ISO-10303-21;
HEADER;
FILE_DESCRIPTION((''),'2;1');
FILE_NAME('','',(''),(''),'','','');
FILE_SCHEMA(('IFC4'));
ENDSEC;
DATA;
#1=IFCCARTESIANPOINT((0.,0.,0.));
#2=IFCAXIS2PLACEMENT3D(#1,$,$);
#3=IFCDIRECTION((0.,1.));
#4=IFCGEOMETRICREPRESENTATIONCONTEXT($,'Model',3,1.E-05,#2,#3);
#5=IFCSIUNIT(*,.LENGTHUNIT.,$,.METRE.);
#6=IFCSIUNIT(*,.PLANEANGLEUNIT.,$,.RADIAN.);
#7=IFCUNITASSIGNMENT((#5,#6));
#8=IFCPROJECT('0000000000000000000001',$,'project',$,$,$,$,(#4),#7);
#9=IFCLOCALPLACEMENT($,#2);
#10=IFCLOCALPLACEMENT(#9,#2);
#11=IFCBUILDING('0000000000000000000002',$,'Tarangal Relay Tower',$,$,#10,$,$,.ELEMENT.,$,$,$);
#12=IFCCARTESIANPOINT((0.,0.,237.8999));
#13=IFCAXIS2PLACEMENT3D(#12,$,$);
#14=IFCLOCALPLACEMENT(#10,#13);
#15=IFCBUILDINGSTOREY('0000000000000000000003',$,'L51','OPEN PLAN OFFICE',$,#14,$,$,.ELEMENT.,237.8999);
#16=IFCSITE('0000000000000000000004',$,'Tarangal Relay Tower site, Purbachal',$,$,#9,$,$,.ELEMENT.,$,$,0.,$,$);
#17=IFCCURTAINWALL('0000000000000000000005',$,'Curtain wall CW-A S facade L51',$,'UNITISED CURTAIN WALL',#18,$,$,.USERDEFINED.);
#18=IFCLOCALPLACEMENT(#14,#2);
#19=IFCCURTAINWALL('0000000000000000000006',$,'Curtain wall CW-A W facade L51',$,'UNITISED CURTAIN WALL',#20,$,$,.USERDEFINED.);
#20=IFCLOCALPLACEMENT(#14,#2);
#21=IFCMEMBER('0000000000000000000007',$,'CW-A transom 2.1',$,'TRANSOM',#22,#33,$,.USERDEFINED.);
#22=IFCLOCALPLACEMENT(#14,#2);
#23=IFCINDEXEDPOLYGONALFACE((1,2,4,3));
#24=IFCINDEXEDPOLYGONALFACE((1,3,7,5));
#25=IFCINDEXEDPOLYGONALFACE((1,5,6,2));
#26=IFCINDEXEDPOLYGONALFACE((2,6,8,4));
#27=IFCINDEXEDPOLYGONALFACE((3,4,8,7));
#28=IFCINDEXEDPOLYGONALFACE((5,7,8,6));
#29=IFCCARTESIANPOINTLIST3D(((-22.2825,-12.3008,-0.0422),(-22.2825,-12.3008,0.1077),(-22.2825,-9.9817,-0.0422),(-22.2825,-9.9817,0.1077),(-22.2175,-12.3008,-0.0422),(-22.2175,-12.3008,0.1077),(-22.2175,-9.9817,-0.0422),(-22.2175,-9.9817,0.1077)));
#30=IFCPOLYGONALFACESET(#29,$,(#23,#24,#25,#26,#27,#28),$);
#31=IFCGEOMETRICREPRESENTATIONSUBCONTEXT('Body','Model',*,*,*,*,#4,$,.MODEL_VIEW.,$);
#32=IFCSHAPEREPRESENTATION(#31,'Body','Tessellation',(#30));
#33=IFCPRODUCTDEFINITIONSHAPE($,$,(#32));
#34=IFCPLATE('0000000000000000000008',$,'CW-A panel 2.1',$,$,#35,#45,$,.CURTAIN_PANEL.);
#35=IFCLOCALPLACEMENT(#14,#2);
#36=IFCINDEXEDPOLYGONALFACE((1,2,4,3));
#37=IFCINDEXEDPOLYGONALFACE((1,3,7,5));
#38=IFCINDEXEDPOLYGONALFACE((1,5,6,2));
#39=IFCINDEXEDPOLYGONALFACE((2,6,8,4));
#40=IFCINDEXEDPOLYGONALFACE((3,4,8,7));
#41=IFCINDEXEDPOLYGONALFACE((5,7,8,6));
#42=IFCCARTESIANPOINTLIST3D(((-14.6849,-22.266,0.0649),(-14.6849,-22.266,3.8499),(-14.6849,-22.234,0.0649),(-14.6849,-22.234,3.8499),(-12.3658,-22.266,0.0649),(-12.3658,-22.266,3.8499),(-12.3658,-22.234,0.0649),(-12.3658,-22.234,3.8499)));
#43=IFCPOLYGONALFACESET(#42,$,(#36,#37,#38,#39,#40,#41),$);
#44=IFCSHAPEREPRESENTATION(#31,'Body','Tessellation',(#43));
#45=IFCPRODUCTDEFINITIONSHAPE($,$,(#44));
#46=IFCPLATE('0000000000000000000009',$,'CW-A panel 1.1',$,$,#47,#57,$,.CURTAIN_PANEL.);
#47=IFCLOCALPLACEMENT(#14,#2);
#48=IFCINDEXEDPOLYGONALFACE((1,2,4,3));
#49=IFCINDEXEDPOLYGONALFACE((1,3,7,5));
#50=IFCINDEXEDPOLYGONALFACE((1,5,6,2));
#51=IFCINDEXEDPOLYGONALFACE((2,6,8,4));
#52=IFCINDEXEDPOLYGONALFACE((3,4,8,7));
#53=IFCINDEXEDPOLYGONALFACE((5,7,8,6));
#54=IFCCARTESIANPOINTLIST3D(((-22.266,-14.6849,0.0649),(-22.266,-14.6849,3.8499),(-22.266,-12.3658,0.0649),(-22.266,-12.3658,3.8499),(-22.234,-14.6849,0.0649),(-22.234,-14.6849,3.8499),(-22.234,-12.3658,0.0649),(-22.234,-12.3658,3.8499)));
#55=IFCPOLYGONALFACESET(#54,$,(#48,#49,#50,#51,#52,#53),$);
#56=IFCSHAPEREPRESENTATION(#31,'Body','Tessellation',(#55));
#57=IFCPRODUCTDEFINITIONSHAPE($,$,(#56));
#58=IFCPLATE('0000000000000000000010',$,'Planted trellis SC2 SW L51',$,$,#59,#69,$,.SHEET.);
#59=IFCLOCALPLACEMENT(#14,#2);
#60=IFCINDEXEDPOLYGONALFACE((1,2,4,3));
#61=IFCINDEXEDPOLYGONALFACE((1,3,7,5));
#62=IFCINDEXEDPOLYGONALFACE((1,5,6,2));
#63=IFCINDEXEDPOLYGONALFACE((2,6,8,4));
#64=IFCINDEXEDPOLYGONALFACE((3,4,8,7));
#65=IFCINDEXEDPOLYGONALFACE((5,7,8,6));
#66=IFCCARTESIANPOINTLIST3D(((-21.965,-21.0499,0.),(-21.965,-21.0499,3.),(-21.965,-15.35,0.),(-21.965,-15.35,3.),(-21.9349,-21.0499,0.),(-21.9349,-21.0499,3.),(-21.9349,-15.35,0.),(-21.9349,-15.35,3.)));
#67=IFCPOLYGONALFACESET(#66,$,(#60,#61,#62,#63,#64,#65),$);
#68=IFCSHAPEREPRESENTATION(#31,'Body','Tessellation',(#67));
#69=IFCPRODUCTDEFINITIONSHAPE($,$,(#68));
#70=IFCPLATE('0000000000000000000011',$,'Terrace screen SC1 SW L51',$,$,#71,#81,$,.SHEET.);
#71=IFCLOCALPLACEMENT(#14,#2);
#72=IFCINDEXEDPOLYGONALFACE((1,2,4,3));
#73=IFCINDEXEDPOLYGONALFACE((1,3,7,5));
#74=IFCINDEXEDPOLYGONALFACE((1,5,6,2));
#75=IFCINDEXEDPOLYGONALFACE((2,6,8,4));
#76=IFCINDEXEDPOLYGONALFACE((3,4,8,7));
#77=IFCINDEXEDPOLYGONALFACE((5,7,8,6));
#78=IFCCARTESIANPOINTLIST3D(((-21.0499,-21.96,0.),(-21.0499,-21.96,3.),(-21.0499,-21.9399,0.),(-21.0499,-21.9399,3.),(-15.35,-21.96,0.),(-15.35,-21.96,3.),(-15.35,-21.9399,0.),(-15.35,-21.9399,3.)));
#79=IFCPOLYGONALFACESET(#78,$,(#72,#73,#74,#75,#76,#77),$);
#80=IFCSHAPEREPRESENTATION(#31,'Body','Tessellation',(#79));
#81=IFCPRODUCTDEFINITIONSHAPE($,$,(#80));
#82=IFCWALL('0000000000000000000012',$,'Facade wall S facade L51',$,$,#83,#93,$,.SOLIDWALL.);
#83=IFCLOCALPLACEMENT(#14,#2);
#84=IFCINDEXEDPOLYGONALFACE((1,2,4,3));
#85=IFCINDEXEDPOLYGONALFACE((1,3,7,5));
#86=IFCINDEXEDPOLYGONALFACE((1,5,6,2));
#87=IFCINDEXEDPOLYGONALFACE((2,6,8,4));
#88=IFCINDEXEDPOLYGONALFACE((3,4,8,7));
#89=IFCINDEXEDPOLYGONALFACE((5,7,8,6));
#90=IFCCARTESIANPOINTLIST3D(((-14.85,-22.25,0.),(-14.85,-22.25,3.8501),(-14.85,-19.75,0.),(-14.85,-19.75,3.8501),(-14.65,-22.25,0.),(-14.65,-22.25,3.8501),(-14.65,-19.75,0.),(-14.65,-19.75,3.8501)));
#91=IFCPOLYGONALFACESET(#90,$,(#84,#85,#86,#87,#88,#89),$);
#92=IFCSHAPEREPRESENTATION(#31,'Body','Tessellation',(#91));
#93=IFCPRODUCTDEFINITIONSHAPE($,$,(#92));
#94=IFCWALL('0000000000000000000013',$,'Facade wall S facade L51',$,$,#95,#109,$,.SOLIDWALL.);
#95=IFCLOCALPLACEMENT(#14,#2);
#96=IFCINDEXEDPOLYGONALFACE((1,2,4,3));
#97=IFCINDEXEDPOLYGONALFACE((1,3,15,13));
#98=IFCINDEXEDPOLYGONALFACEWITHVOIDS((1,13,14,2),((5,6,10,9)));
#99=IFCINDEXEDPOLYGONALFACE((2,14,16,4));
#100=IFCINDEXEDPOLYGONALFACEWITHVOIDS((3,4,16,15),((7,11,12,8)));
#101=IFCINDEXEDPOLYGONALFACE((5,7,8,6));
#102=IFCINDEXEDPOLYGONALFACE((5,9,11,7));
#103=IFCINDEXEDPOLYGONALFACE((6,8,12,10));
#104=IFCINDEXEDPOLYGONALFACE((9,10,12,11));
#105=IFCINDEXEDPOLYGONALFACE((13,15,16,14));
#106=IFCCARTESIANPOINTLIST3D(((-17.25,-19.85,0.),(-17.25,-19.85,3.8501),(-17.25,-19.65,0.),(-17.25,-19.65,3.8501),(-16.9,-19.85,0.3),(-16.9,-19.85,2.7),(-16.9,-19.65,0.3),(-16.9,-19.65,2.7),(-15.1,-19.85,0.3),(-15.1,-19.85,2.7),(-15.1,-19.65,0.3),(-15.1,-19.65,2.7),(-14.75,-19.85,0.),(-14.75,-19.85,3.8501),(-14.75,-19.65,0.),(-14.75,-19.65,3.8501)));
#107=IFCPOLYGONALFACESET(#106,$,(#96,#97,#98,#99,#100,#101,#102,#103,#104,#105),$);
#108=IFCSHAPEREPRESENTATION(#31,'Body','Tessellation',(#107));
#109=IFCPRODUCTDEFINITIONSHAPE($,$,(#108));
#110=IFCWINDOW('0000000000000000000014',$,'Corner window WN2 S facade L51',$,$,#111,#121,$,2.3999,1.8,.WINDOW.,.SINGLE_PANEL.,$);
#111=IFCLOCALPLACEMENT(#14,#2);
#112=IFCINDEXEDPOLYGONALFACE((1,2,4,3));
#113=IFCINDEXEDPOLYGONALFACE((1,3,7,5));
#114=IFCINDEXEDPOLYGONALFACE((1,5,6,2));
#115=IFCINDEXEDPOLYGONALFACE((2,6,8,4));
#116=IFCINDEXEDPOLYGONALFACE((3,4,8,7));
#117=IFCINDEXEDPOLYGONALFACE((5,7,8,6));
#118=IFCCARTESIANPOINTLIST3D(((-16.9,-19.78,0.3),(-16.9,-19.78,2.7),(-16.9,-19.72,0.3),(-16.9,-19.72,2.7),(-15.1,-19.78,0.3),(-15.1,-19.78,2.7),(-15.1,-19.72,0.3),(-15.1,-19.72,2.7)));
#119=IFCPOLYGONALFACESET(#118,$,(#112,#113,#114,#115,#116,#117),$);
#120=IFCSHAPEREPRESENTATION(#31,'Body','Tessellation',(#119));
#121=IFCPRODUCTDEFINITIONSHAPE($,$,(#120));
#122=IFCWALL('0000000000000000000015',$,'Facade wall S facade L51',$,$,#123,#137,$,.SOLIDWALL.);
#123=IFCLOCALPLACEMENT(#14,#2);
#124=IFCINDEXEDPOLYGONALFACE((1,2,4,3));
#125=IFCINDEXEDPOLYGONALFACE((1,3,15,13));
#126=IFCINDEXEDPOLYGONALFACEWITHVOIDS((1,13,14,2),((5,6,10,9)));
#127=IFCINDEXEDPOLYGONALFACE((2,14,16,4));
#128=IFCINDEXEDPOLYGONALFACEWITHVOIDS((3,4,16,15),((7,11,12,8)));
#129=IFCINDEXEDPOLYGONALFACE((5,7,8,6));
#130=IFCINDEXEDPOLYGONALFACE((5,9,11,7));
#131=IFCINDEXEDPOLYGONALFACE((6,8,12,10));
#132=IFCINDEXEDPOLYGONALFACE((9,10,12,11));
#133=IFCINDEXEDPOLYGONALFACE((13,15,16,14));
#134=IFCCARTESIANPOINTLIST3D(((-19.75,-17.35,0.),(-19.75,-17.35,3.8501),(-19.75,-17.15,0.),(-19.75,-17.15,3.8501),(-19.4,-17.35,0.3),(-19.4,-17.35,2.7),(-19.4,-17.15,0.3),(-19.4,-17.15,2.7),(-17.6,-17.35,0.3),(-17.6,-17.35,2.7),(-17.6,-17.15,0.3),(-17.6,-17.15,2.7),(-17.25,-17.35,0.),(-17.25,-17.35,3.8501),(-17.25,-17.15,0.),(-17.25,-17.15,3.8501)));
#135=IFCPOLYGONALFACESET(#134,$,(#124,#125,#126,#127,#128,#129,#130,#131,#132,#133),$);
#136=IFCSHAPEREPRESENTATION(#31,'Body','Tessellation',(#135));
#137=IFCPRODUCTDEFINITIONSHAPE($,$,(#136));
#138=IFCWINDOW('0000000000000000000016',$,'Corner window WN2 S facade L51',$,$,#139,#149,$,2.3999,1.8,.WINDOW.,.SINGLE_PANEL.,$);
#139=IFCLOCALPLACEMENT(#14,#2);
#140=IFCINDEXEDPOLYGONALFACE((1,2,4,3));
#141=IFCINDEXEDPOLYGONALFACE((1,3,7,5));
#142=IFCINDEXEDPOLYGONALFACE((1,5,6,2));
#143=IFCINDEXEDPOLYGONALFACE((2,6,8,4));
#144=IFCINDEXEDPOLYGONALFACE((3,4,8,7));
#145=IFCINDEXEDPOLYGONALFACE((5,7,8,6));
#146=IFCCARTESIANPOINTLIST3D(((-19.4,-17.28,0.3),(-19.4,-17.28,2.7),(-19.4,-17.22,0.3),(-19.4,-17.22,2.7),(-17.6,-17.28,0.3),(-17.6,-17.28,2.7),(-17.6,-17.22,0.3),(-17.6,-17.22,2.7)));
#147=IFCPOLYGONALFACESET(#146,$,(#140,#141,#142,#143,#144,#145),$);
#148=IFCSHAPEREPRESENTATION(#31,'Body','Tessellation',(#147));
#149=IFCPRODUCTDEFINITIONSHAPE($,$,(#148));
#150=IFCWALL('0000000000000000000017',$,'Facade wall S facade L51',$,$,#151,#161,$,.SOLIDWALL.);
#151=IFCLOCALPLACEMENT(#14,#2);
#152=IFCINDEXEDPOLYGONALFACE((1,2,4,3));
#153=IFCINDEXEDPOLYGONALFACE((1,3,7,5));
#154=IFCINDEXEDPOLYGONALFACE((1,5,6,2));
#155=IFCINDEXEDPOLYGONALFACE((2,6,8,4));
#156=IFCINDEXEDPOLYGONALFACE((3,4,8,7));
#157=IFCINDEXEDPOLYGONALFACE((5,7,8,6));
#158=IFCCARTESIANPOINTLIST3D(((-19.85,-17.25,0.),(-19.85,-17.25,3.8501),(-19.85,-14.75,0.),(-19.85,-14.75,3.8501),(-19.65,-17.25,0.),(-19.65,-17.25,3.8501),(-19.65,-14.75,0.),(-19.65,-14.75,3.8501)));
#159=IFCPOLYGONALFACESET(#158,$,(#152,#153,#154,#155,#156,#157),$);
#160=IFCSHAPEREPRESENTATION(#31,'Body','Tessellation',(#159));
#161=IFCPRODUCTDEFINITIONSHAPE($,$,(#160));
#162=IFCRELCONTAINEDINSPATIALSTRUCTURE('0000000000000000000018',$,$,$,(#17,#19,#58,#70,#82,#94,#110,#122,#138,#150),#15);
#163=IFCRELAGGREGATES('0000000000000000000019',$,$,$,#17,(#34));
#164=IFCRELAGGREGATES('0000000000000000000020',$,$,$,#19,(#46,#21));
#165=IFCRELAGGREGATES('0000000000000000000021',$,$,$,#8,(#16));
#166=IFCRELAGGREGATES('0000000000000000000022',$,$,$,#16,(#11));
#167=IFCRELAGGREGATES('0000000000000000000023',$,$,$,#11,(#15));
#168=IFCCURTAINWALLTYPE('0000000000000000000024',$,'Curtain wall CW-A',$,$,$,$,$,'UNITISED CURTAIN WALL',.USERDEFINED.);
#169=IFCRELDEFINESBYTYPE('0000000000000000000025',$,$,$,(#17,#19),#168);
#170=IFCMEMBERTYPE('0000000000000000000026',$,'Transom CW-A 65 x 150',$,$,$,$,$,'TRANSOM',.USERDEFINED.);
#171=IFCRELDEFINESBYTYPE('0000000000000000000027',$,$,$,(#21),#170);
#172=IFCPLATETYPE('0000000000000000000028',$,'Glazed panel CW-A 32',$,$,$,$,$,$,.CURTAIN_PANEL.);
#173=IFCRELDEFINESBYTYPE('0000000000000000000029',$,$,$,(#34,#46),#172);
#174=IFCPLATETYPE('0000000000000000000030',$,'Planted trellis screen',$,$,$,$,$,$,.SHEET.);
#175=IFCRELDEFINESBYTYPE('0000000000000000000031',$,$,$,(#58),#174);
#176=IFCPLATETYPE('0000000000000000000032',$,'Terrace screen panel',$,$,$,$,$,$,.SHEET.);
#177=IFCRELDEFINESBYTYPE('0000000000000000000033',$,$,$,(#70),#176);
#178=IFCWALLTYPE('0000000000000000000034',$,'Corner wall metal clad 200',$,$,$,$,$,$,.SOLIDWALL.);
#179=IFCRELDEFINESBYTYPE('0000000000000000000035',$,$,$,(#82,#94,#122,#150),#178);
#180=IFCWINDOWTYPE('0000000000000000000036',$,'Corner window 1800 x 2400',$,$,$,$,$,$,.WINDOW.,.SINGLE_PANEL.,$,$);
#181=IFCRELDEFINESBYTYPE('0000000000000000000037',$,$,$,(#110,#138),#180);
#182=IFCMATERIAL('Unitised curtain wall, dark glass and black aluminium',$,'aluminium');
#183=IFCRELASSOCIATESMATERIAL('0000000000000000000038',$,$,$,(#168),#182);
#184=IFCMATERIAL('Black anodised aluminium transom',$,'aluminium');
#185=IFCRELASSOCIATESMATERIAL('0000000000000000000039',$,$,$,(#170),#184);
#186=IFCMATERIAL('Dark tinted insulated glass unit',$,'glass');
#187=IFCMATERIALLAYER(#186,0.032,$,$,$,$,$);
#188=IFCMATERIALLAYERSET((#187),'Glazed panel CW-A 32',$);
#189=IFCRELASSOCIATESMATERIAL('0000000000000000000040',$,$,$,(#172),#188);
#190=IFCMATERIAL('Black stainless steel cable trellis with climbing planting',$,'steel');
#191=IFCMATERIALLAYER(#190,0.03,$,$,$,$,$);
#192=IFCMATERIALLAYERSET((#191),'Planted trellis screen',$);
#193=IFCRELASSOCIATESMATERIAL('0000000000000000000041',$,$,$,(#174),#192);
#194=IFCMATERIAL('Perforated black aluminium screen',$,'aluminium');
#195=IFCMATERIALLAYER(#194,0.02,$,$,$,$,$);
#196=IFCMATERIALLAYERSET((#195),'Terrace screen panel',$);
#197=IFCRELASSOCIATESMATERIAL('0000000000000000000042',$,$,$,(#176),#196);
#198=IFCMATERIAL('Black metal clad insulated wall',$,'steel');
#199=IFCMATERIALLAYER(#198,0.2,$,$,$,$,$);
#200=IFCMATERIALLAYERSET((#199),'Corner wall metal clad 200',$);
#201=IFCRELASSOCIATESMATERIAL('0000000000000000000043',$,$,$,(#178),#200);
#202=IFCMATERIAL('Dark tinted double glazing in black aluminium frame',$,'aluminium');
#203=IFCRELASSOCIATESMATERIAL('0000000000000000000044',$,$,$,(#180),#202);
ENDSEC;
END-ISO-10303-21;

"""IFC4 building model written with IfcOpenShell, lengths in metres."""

from ifc_helpers import new_model, si_unit, direction, frame, frame_2d, origin, origin_2d, place, context, subcontext, project, spatial, rectangle, extrude, material, layer, layer_set, material_profile, profile_set, type_object, element, fill, aggregate, save


model = new_model("IFC4")

# Units and contexts
model_context = context("Model", 3, precision=1e-05, world=origin(), true_north=direction((0.0, 1.0)))
body_context = subcontext(model_context, "Body", "Model", "MODEL_VIEW")
ifc_project = project(units=[si_unit("LENGTHUNIT", "METRE"), si_unit("PLANEANGLEUNIT", "RADIAN")], contexts=[model_context])

# Site, building, storey
site_placement = place(None, origin())
site = spatial("IfcSite", under=ifc_project, at=site_placement, Name="Tarangal Relay Tower site, Purbachal", CompositionType="ELEMENT", RefElevation=0.0)
building_placement = place(site_placement, origin())
building = spatial("IfcBuilding", under=site, at=building_placement, Name="Tarangal Relay Tower", CompositionType="ELEMENT")
storey_placement = place(building_placement, frame((0.0, 0.0, 237.8999)))
storey = spatial("IfcBuildingStorey", under=building, at=storey_placement, Name="L51", Description="OPEN PLAN OFFICE", CompositionType="ELEMENT", Elevation=237.8999)

# Curtain walls
ifc_material_1 = material(Name="Unitised curtain wall, dark glass and black aluminium", Category="aluminium")
curtain_wall_type = type_object("IfcCurtainWallType", Name="Curtain wall CW-A", ElementType="UNITISED CURTAIN WALL", PredefinedType="USERDEFINED", material=ifc_material_1)
curtain_wall_1_placement = place(storey_placement, origin())
curtain_wall_1 = element("IfcCurtainWall", 1, at=curtain_wall_1_placement, inside=storey, type_object=curtain_wall_type, Name="Curtain wall CW-A S facade L51", ObjectType="UNITISED CURTAIN WALL", PredefinedType="USERDEFINED")
curtain_wall_2_placement = place(storey_placement, origin())
curtain_wall_2 = element("IfcCurtainWall", 2, at=curtain_wall_2_placement, inside=storey, type_object=curtain_wall_type, Name="Curtain wall CW-A W facade L51", ObjectType="UNITISED CURTAIN WALL", PredefinedType="USERDEFINED")

# Member
ifc_material_2 = material(Name="Black anodised aluminium transom", Category="aluminium")
ifc_material_profile_1 = material_profile(ifc_material_2, rectangle(XDim=0.0649, YDim=0.1499, at=origin_2d()), Name="CW-AT 65X150")
ifc_profile_set_1 = profile_set([ifc_material_profile_1], Name="Black anodised aluminium transom")
member_type_1 = type_object("IfcMemberType", Name="Transom CW-A 65 x 150", ElementType="TRANSOM", PredefinedType="USERDEFINED", material=ifc_profile_set_1)
member_1_placement = place(storey_placement, frame((-22.25, -12.3008, 0.0327), z_axis=(0.0, 1.0, 0.0), x_axis=(-1.0, 0.0, 0.0)))
member_1 = element("IfcMember", 3, at=member_1_placement, type_object=member_type_1, Name="CW-A transom 2.1", ObjectType="TRANSOM", PredefinedType="USERDEFINED", context=body_context, shape_type="SweptSolid", body=[
    extrude(rectangle(XDim=0.0649, YDim=0.1499, at=origin_2d()), origin(), (0.0, 0.0, 1.0), 2.3191),
])

# Plates
ifc_material_3 = material(Name="Dark tinted insulated glass unit", Category="glass")
ifc_layer_1 = layer(ifc_material_3, 0.032)
ifc_layer_set_1 = layer_set([ifc_layer_1], Name="Glazed panel CW-A 32")
plate_type_1 = type_object("IfcPlateType", Name="Glazed panel CW-A 32", PredefinedType="CURTAIN_PANEL", material=ifc_layer_set_1)
plate_1_placement = place(storey_placement, frame((-13.5254, -22.25, 0.0649), z_axis=(0.0, 0.0, 1.0), x_axis=(-1.0, 0.0, 0.0)))
plate_1 = element("IfcPlate", 4, at=plate_1_placement, type_object=plate_type_1, Name="CW-A panel 2.1", PredefinedType="CURTAIN_PANEL", context=body_context, shape_type="SweptSolid", body=[
    extrude(rectangle(XDim=2.3191, YDim=0.032, at=origin_2d()), origin(), (0.0, 0.0, 1.0), 3.7849),
])
aggregate(curtain_wall_1, [plate_1])
plate_2_placement = place(storey_placement, frame((-22.25, -13.5254, 0.0649), z_axis=(0.0, 0.0, 1.0), x_axis=(0.0, 1.0, 0.0)))
plate_2 = element("IfcPlate", 5, at=plate_2_placement, type_object=plate_type_1, Name="CW-A panel 1.1", PredefinedType="CURTAIN_PANEL", context=body_context, shape_type="SweptSolid", body=[
    extrude(rectangle(XDim=2.3191, YDim=0.032, at=origin_2d()), origin(), (0.0, 0.0, 1.0), 3.7849),
])
aggregate(curtain_wall_2, [plate_2, member_1])

# Plates
ifc_material_4 = material(Name="Black stainless steel cable trellis with climbing planting", Category="steel")
ifc_layer_2 = layer(ifc_material_4, 0.03)
ifc_layer_set_2 = layer_set([ifc_layer_2], Name="Planted trellis screen")
plate_type_2 = type_object("IfcPlateType", Name="Planted trellis screen", PredefinedType="SHEET", material=ifc_layer_set_2)
plate_3_placement = place(storey_placement, frame((-21.95, -18.2, 0.0), z_axis=(0.0, 0.0, 1.0), x_axis=(0.0, 1.0, 0.0)))
element("IfcPlate", 6, at=plate_3_placement, inside=storey, type_object=plate_type_2, Name="Planted trellis SC2 SW L51", PredefinedType="SHEET", context=body_context, shape_type="SweptSolid", body=[
    extrude(rectangle(XDim=5.7, YDim=0.03, at=origin_2d()), origin(), (0.0, 0.0, 1.0), 3.0),
])
ifc_material_5 = material(Name="Perforated black aluminium screen", Category="aluminium")
ifc_layer_3 = layer(ifc_material_5, 0.02)
ifc_layer_set_3 = layer_set([ifc_layer_3], Name="Terrace screen panel")
plate_type_3 = type_object("IfcPlateType", Name="Terrace screen panel", PredefinedType="SHEET", material=ifc_layer_set_3)
plate_4_placement = place(storey_placement, frame((-18.2, -21.95, 0.0), z_axis=(0.0, 0.0, 1.0), x_axis=(-1.0, 0.0, 0.0)))
element("IfcPlate", 7, at=plate_4_placement, inside=storey, type_object=plate_type_3, Name="Terrace screen SC1 SW L51", PredefinedType="SHEET", context=body_context, shape_type="SweptSolid", body=[
    extrude(rectangle(XDim=5.7, YDim=0.02, at=origin_2d()), origin(), (0.0, 0.0, 1.0), 3.0),
])

# Wall
ifc_material_6 = material(Name="Black metal clad insulated wall", Category="steel")
ifc_layer_4 = layer(ifc_material_6, 0.2)
ifc_layer_set_4 = layer_set([ifc_layer_4], Name="Corner wall metal clad 200")
wall_type_1 = type_object("IfcWallType", Name="Corner wall metal clad 200", PredefinedType="SOLIDWALL", material=ifc_layer_set_4)
wall_1_placement = place(storey_placement, frame((-14.75, -22.25, 0.0), z_axis=(0.0, 0.0, 1.0), x_axis=(0.0, 1.0, 0.0)))
element("IfcWall", 8, at=wall_1_placement, inside=storey, type_object=wall_type_1, Name="Facade wall S facade L51", PredefinedType="SOLIDWALL", context=body_context, shape_type="SweptSolid", body=[
    extrude(rectangle(XDim=2.5, YDim=0.2, at=frame_2d((1.25, 0.0))), origin(), (0.0, 0.0, 1.0), 3.8501),
])

# Wall, opening, window
wall_2_placement = place(storey_placement, frame((-14.75, -19.75, 0.0), z_axis=(0.0, 0.0, 1.0), x_axis=(-1.0, 0.0, 0.0)))
wall_2 = element("IfcWall", 9, at=wall_2_placement, inside=storey, type_object=wall_type_1, Name="Facade wall S facade L51", PredefinedType="SOLIDWALL", context=body_context, shape_type="SweptSolid", body=[
    extrude(rectangle(XDim=2.5, YDim=0.2, at=frame_2d((1.25, 0.0))), origin(), (0.0, 0.0, 1.0), 3.8501),
])
opening_1_placement = place(wall_2_placement, frame((0.3501, 0.0, 0.3)))
opening_1 = element("IfcOpeningElement", 10, at=opening_1_placement, cuts=wall_2, PredefinedType="OPENING", context=body_context, shape_type="SweptSolid", body=[
    extrude(rectangle(XDim=1.8, YDim=2.3999, at=frame_2d((0.8999, 1.2))), frame((0.0, 0.1099, 0.0), z_axis=(0.0, -1.0, 0.0), x_axis=(1.0, 0.0, 0.0)), (0.0, 0.0, 1.0), 0.22),
])
ifc_material_7 = material(Name="Dark tinted double glazing in black aluminium frame", Category="aluminium")
window_type = type_object("IfcWindowType", Name="Corner window 1800 x 2400", PartitioningType="SINGLE_PANEL", PredefinedType="WINDOW", material=ifc_material_7)
window_1_placement = place(opening_1_placement, origin())
window_1 = element("IfcWindow", 11, at=window_1_placement, inside=storey, type_object=window_type, Name="Corner window WN2 S facade L51", OverallHeight=2.3999, OverallWidth=1.8, PartitioningType="SINGLE_PANEL", PredefinedType="WINDOW", context=body_context, shape_type="SweptSolid", body=[
    extrude(rectangle(XDim=1.8, YDim=2.3999, at=frame_2d((0.8999, 1.2))), frame((0.0, 0.03, 0.0), z_axis=(0.0, -1.0, 0.0), x_axis=(1.0, 0.0, 0.0)), (0.0, 0.0, 1.0), 0.0601),
])
fill(opening_1, window_1)

# Wall, opening, window
wall_3_placement = place(storey_placement, frame((-17.25, -17.25, 0.0), z_axis=(0.0, 0.0, 1.0), x_axis=(-1.0, 0.0, 0.0)))
wall_3 = element("IfcWall", 12, at=wall_3_placement, inside=storey, type_object=wall_type_1, Name="Facade wall S facade L51", PredefinedType="SOLIDWALL", context=body_context, shape_type="SweptSolid", body=[
    extrude(rectangle(XDim=2.5, YDim=0.2, at=frame_2d((1.25, 0.0))), origin(), (0.0, 0.0, 1.0), 3.8501),
])
opening_2_placement = place(wall_3_placement, frame((0.3501, 0.0, 0.3)))
opening_2 = element("IfcOpeningElement", 13, at=opening_2_placement, cuts=wall_3, PredefinedType="OPENING", context=body_context, shape_type="SweptSolid", body=[
    extrude(rectangle(XDim=1.8, YDim=2.3999, at=frame_2d((0.8999, 1.2))), frame((0.0, 0.1099, 0.0), z_axis=(0.0, -1.0, 0.0), x_axis=(1.0, 0.0, 0.0)), (0.0, 0.0, 1.0), 0.22),
])
window_2_placement = place(opening_2_placement, origin())
window_2 = element("IfcWindow", 14, at=window_2_placement, inside=storey, type_object=window_type, Name="Corner window WN2 S facade L51", OverallHeight=2.3999, OverallWidth=1.8, PartitioningType="SINGLE_PANEL", PredefinedType="WINDOW", context=body_context, shape_type="SweptSolid", body=[
    extrude(rectangle(XDim=1.8, YDim=2.3999, at=frame_2d((0.8999, 1.2))), frame((0.0, 0.03, 0.0), z_axis=(0.0, -1.0, 0.0), x_axis=(1.0, 0.0, 0.0)), (0.0, 0.0, 1.0), 0.0601),
])
fill(opening_2, window_2)

# Wall
wall_4_placement = place(storey_placement, frame((-19.75, -17.25, 0.0), z_axis=(0.0, 0.0, 1.0), x_axis=(0.0, 1.0, 0.0)))
element("IfcWall", 15, at=wall_4_placement, inside=storey, type_object=wall_type_1, Name="Facade wall S facade L51", PredefinedType="SOLIDWALL", context=body_context, shape_type="SweptSolid", body=[
    extrude(rectangle(XDim=2.5, YDim=0.2, at=frame_2d((1.25, 0.0))), origin(), (0.0, 0.0, 1.0), 3.8501),
])

save(model, "model.ifc")
